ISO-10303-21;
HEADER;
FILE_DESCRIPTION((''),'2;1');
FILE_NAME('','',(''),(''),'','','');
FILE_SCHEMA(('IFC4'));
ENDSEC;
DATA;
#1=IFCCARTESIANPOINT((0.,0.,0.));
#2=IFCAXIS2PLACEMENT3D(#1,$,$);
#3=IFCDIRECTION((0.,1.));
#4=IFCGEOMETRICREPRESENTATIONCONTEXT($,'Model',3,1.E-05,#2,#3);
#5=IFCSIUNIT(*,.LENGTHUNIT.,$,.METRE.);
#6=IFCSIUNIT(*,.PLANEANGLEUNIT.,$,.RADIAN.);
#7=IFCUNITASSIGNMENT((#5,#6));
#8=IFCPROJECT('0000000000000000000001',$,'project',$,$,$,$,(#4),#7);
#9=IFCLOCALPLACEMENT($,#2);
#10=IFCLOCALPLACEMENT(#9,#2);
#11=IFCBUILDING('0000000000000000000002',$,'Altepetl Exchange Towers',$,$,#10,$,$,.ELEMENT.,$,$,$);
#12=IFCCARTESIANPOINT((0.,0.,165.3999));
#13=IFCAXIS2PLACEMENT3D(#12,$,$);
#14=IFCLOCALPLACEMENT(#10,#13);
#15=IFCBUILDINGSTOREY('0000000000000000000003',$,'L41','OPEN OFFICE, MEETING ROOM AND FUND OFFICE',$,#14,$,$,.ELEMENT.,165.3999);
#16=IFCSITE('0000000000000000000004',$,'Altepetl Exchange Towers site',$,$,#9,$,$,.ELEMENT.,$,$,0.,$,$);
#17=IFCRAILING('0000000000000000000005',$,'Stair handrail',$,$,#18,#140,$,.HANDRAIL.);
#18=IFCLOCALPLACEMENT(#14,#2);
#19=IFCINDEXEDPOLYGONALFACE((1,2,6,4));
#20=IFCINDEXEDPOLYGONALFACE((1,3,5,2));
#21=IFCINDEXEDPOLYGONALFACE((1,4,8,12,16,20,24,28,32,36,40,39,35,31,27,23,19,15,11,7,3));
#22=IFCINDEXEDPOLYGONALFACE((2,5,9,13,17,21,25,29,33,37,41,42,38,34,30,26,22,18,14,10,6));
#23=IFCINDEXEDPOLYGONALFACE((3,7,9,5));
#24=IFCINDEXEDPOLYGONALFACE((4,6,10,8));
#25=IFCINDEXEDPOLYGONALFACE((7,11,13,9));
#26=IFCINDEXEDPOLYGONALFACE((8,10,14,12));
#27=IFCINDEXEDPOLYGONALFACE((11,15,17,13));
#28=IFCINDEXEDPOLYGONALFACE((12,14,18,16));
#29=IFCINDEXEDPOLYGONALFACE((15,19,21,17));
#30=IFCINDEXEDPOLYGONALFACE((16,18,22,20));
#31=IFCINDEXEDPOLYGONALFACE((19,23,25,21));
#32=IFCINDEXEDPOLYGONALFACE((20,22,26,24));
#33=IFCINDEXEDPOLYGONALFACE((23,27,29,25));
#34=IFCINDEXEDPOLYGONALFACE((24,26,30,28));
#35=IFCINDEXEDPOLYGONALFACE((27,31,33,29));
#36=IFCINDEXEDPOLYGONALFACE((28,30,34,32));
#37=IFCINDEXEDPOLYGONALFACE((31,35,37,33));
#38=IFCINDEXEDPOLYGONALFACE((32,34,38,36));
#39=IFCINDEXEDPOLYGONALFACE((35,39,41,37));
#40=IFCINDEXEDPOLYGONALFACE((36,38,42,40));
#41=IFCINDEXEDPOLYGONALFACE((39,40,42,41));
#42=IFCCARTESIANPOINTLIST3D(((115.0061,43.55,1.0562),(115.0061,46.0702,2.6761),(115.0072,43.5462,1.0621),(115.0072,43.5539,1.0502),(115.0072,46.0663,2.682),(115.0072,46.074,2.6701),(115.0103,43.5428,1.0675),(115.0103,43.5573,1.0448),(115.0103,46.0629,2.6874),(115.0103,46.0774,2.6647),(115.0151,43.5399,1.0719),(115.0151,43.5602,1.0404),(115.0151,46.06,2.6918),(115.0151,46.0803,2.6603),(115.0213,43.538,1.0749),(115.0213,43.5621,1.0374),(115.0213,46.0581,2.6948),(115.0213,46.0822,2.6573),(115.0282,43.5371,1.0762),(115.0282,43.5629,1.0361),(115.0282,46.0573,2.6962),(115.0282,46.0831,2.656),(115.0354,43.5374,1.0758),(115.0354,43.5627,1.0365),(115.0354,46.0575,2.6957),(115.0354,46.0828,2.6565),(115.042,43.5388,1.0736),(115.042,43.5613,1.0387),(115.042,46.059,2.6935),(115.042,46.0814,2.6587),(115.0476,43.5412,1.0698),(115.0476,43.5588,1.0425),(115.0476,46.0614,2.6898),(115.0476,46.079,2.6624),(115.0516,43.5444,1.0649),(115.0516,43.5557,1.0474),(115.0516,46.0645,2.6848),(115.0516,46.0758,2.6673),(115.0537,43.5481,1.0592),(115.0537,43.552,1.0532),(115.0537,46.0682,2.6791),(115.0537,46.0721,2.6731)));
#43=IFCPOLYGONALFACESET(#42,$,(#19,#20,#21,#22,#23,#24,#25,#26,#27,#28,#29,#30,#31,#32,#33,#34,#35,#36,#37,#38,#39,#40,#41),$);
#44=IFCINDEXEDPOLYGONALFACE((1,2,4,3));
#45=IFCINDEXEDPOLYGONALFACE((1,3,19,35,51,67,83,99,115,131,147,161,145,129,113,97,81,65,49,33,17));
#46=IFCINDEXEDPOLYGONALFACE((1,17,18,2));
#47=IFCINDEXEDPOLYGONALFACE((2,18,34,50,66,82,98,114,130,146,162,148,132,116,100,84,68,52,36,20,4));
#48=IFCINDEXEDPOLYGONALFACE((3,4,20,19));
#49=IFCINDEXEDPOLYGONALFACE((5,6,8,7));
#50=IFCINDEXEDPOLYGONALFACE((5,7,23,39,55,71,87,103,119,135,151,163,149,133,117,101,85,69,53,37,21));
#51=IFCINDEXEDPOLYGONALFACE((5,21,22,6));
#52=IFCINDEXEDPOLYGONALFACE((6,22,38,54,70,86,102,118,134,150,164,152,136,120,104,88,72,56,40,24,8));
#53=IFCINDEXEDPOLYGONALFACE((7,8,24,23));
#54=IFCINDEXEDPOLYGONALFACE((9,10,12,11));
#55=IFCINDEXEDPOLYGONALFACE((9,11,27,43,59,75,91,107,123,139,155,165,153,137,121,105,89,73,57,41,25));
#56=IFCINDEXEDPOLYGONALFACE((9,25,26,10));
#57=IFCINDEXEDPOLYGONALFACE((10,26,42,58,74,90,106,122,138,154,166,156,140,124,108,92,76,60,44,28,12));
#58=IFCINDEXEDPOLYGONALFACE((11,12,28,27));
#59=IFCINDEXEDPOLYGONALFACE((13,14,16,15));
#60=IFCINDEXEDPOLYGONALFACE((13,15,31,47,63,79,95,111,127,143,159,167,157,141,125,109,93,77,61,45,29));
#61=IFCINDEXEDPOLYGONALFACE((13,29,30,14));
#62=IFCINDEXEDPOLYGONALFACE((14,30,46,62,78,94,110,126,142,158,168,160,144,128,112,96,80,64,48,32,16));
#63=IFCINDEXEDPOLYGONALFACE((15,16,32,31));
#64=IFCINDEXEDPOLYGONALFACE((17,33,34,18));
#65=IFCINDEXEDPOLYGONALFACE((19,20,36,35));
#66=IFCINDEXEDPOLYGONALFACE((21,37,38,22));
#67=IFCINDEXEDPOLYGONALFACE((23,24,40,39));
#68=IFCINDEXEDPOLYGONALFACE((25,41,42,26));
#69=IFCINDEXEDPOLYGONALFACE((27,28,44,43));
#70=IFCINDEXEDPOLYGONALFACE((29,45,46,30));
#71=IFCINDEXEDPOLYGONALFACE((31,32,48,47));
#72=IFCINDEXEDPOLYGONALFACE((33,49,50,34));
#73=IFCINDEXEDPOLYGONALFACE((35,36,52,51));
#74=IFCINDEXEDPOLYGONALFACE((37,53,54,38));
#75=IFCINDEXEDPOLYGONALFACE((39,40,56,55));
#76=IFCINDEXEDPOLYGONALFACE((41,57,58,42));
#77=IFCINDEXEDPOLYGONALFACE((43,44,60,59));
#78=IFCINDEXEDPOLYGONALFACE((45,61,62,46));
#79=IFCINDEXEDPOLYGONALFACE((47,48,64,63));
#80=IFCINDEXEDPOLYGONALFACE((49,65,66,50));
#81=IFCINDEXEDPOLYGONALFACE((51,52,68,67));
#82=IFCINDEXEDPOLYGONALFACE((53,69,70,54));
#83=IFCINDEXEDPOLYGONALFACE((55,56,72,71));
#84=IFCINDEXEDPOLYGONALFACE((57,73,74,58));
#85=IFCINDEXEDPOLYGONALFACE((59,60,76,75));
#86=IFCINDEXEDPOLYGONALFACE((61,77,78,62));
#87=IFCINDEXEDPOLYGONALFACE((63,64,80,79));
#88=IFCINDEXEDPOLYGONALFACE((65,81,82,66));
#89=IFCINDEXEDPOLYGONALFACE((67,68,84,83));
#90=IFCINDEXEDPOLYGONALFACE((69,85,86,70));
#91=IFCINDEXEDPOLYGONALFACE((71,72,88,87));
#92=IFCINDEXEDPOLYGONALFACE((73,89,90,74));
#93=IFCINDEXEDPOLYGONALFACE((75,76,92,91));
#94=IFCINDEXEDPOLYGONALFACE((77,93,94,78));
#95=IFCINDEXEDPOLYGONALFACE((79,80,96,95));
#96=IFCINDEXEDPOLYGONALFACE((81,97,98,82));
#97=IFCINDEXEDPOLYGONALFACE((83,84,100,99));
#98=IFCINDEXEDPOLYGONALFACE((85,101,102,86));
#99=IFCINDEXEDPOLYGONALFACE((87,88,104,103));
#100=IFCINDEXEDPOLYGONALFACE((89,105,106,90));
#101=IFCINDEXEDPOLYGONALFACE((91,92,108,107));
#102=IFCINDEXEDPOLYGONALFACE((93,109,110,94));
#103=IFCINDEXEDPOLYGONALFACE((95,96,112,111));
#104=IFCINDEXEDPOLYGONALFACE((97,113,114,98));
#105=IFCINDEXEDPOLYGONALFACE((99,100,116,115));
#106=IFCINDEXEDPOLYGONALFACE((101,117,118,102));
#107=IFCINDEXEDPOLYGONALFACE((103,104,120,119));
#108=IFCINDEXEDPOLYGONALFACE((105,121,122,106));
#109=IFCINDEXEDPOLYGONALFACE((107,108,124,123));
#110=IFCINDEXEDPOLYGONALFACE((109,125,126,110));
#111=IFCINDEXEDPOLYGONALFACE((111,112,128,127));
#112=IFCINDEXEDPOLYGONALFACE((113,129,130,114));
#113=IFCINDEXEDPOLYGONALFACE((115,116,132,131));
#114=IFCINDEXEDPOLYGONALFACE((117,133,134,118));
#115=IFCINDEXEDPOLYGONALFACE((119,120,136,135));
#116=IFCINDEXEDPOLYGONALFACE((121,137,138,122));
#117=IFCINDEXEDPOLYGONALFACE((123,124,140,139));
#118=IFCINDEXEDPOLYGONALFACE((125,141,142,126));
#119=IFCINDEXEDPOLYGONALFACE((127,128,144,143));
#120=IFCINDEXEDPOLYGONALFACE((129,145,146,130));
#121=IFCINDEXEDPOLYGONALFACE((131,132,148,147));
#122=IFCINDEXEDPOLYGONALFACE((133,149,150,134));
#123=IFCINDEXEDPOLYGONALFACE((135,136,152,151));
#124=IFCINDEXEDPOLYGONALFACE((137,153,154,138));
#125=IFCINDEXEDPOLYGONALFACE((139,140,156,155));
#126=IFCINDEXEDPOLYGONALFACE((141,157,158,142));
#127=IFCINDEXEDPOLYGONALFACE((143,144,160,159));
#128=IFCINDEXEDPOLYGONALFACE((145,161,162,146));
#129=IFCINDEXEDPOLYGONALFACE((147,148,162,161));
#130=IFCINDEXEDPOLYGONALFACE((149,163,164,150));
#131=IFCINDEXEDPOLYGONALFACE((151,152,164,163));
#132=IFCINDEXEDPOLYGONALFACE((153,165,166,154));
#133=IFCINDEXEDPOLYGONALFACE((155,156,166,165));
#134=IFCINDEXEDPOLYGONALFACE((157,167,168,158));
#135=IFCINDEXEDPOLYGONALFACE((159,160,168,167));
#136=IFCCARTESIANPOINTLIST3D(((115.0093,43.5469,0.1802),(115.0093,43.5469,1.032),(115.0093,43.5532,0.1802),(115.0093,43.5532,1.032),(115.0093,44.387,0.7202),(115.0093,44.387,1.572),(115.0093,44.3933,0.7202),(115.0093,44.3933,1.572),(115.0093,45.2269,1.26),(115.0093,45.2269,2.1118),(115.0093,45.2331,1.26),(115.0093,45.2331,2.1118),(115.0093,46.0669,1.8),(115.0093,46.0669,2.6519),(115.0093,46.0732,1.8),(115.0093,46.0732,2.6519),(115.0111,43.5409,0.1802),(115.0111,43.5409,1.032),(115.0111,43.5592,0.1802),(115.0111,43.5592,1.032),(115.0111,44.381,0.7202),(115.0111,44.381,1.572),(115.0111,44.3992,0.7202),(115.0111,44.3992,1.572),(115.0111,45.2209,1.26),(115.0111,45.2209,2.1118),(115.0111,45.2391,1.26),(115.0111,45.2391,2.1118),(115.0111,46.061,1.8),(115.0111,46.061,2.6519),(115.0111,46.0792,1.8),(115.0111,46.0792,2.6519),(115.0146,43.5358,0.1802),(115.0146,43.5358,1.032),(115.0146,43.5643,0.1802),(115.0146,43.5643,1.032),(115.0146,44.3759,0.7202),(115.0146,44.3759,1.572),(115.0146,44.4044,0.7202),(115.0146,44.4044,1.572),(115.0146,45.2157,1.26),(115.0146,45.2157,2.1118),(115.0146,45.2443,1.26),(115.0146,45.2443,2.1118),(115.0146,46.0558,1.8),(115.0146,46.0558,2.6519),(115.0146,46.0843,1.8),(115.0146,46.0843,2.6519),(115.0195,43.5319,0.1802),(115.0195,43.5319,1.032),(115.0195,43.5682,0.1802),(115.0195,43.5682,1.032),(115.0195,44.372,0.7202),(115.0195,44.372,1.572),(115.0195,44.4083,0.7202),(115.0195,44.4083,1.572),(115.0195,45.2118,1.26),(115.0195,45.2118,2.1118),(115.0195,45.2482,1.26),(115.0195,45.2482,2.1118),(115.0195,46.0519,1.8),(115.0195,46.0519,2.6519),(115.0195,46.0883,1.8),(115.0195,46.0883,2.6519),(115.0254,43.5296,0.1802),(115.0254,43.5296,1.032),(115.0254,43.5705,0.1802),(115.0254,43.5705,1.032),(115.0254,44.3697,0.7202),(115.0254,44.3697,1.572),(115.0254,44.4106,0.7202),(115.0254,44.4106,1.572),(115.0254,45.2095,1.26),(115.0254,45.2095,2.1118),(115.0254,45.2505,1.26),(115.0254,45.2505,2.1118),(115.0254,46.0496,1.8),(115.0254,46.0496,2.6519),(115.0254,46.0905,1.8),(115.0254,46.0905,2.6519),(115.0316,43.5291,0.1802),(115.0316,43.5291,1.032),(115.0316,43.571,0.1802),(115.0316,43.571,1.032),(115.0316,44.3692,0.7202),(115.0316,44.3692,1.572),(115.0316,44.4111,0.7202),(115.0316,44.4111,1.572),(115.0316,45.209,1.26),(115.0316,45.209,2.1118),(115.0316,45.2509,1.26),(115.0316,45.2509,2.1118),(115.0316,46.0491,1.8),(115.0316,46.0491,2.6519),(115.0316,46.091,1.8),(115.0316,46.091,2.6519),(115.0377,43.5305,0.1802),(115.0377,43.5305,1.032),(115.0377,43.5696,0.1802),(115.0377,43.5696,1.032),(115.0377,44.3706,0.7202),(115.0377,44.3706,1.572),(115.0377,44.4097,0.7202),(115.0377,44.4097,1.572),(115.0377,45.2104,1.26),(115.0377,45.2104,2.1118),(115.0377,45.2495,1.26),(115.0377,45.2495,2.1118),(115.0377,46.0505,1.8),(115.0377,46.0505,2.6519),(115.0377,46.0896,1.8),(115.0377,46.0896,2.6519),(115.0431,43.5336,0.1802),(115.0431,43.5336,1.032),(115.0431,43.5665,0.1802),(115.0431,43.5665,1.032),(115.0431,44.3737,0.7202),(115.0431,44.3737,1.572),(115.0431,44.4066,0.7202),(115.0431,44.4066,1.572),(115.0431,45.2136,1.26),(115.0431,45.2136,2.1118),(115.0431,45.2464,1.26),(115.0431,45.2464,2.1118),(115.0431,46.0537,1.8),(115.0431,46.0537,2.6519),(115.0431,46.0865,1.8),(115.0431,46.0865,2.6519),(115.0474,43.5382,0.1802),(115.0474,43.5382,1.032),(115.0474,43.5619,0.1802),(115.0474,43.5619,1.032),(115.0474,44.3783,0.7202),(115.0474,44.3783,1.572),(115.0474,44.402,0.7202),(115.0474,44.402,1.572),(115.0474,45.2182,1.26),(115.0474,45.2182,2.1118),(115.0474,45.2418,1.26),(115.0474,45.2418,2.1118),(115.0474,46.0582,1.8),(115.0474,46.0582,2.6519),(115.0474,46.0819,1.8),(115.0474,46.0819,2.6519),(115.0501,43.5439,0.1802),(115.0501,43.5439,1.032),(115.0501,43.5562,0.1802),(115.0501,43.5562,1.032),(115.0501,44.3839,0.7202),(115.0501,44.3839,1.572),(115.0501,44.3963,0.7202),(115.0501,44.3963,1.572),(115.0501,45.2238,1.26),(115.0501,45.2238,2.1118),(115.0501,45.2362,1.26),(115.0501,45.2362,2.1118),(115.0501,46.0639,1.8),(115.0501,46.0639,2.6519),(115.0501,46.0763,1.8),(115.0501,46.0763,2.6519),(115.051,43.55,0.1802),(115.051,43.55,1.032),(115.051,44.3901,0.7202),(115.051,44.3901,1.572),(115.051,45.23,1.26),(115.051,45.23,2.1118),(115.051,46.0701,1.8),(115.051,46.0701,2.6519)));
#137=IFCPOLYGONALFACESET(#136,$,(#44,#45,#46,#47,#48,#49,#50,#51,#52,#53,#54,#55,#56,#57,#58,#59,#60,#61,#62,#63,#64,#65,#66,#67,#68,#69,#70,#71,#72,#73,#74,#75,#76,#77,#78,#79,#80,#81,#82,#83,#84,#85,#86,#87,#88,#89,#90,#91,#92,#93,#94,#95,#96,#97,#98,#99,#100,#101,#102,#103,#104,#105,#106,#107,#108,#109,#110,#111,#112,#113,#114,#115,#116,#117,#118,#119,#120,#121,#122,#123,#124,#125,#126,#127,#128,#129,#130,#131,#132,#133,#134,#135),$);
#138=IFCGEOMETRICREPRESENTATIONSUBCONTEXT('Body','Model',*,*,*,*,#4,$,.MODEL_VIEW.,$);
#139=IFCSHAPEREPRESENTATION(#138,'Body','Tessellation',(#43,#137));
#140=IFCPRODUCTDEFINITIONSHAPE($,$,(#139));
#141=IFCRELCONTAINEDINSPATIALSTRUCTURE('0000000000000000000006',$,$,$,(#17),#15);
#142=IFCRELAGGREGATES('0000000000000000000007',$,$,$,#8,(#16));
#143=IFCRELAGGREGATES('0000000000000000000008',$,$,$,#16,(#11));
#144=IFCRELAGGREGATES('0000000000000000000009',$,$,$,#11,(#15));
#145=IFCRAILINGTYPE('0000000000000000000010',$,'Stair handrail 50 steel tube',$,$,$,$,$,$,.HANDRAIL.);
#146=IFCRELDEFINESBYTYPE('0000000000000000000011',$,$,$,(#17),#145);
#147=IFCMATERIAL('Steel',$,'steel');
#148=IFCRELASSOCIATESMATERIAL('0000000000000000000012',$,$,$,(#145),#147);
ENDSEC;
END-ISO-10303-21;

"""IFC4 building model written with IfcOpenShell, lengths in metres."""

from ifc_helpers import new_model, si_unit, direction, frame, origin, origin_2d, place, context, subcontext, project, spatial, circle, extrude, source, transform, mapped, material, type_object, element, save


model = new_model("IFC4")

# Units and contexts
model_context = context("Model", 3, precision=1e-05, world=origin(), true_north=direction((0.0, 1.0)))
body_context = subcontext(model_context, "Body", "Model", "MODEL_VIEW")
ifc_project = project(units=[si_unit("LENGTHUNIT", "METRE"), si_unit("PLANEANGLEUNIT", "RADIAN")], contexts=[model_context])

# Site, building, storey
site_placement = place(None, origin())
site = spatial("IfcSite", under=ifc_project, at=site_placement, Name="Altepetl Exchange Towers site", CompositionType="ELEMENT", RefElevation=0.0)
building_placement = place(site_placement, origin())
building = spatial("IfcBuilding", under=site, at=building_placement, Name="Altepetl Exchange Towers", CompositionType="ELEMENT")
storey_placement = place(building_placement, frame((0.0, 0.0, 165.3999)))
storey = spatial("IfcBuildingStorey", under=building, at=storey_placement, Name="L41", Description="OPEN OFFICE, MEETING ROOM AND FUND OFFICE", CompositionType="ELEMENT", Elevation=165.3999)

# Railing
ifc_material_1 = material(Name="Steel", Category="steel")
railing_type = type_object("IfcRailingType", Name="Stair handrail 50 steel tube", PredefinedType="HANDRAIL", material=ifc_material_1)
shared_shape = source(origin(), body_context, "Body", "SweptSolid", [
    extrude(circle(Radius=0.021, at=origin_2d()), origin(), (0.0, 0.0, 1.0), 0.8518),
])
railing_1_placement = place(storey_placement, frame((115.03, 43.55, 0.1802)))
element("IfcRailing", 1, at=railing_1_placement, inside=storey, type_object=railing_type, Name="Stair handrail", PredefinedType="HANDRAIL", context=body_context, shape_type="SweptSolid", body=[
    extrude(circle(Radius=0.0239, at=origin_2d()), frame((0.0, 0.0, 0.876), z_axis=(0.0, 0.8412, 0.540725), x_axis=(-1.0, 0.0, 0.0)), (0.0, 0.0, 1.0), 2.9958),
    mapped(shared_shape, transform((0.0, 0.0, 0.0))),
    mapped(shared_shape, transform((0.0, 0.8401, 0.54))),
    mapped(shared_shape, transform((0.0, 1.6799, 1.0798))),
    mapped(shared_shape, transform((0.0, 2.52, 1.6199))),
])

save(model, "model.ifc")
